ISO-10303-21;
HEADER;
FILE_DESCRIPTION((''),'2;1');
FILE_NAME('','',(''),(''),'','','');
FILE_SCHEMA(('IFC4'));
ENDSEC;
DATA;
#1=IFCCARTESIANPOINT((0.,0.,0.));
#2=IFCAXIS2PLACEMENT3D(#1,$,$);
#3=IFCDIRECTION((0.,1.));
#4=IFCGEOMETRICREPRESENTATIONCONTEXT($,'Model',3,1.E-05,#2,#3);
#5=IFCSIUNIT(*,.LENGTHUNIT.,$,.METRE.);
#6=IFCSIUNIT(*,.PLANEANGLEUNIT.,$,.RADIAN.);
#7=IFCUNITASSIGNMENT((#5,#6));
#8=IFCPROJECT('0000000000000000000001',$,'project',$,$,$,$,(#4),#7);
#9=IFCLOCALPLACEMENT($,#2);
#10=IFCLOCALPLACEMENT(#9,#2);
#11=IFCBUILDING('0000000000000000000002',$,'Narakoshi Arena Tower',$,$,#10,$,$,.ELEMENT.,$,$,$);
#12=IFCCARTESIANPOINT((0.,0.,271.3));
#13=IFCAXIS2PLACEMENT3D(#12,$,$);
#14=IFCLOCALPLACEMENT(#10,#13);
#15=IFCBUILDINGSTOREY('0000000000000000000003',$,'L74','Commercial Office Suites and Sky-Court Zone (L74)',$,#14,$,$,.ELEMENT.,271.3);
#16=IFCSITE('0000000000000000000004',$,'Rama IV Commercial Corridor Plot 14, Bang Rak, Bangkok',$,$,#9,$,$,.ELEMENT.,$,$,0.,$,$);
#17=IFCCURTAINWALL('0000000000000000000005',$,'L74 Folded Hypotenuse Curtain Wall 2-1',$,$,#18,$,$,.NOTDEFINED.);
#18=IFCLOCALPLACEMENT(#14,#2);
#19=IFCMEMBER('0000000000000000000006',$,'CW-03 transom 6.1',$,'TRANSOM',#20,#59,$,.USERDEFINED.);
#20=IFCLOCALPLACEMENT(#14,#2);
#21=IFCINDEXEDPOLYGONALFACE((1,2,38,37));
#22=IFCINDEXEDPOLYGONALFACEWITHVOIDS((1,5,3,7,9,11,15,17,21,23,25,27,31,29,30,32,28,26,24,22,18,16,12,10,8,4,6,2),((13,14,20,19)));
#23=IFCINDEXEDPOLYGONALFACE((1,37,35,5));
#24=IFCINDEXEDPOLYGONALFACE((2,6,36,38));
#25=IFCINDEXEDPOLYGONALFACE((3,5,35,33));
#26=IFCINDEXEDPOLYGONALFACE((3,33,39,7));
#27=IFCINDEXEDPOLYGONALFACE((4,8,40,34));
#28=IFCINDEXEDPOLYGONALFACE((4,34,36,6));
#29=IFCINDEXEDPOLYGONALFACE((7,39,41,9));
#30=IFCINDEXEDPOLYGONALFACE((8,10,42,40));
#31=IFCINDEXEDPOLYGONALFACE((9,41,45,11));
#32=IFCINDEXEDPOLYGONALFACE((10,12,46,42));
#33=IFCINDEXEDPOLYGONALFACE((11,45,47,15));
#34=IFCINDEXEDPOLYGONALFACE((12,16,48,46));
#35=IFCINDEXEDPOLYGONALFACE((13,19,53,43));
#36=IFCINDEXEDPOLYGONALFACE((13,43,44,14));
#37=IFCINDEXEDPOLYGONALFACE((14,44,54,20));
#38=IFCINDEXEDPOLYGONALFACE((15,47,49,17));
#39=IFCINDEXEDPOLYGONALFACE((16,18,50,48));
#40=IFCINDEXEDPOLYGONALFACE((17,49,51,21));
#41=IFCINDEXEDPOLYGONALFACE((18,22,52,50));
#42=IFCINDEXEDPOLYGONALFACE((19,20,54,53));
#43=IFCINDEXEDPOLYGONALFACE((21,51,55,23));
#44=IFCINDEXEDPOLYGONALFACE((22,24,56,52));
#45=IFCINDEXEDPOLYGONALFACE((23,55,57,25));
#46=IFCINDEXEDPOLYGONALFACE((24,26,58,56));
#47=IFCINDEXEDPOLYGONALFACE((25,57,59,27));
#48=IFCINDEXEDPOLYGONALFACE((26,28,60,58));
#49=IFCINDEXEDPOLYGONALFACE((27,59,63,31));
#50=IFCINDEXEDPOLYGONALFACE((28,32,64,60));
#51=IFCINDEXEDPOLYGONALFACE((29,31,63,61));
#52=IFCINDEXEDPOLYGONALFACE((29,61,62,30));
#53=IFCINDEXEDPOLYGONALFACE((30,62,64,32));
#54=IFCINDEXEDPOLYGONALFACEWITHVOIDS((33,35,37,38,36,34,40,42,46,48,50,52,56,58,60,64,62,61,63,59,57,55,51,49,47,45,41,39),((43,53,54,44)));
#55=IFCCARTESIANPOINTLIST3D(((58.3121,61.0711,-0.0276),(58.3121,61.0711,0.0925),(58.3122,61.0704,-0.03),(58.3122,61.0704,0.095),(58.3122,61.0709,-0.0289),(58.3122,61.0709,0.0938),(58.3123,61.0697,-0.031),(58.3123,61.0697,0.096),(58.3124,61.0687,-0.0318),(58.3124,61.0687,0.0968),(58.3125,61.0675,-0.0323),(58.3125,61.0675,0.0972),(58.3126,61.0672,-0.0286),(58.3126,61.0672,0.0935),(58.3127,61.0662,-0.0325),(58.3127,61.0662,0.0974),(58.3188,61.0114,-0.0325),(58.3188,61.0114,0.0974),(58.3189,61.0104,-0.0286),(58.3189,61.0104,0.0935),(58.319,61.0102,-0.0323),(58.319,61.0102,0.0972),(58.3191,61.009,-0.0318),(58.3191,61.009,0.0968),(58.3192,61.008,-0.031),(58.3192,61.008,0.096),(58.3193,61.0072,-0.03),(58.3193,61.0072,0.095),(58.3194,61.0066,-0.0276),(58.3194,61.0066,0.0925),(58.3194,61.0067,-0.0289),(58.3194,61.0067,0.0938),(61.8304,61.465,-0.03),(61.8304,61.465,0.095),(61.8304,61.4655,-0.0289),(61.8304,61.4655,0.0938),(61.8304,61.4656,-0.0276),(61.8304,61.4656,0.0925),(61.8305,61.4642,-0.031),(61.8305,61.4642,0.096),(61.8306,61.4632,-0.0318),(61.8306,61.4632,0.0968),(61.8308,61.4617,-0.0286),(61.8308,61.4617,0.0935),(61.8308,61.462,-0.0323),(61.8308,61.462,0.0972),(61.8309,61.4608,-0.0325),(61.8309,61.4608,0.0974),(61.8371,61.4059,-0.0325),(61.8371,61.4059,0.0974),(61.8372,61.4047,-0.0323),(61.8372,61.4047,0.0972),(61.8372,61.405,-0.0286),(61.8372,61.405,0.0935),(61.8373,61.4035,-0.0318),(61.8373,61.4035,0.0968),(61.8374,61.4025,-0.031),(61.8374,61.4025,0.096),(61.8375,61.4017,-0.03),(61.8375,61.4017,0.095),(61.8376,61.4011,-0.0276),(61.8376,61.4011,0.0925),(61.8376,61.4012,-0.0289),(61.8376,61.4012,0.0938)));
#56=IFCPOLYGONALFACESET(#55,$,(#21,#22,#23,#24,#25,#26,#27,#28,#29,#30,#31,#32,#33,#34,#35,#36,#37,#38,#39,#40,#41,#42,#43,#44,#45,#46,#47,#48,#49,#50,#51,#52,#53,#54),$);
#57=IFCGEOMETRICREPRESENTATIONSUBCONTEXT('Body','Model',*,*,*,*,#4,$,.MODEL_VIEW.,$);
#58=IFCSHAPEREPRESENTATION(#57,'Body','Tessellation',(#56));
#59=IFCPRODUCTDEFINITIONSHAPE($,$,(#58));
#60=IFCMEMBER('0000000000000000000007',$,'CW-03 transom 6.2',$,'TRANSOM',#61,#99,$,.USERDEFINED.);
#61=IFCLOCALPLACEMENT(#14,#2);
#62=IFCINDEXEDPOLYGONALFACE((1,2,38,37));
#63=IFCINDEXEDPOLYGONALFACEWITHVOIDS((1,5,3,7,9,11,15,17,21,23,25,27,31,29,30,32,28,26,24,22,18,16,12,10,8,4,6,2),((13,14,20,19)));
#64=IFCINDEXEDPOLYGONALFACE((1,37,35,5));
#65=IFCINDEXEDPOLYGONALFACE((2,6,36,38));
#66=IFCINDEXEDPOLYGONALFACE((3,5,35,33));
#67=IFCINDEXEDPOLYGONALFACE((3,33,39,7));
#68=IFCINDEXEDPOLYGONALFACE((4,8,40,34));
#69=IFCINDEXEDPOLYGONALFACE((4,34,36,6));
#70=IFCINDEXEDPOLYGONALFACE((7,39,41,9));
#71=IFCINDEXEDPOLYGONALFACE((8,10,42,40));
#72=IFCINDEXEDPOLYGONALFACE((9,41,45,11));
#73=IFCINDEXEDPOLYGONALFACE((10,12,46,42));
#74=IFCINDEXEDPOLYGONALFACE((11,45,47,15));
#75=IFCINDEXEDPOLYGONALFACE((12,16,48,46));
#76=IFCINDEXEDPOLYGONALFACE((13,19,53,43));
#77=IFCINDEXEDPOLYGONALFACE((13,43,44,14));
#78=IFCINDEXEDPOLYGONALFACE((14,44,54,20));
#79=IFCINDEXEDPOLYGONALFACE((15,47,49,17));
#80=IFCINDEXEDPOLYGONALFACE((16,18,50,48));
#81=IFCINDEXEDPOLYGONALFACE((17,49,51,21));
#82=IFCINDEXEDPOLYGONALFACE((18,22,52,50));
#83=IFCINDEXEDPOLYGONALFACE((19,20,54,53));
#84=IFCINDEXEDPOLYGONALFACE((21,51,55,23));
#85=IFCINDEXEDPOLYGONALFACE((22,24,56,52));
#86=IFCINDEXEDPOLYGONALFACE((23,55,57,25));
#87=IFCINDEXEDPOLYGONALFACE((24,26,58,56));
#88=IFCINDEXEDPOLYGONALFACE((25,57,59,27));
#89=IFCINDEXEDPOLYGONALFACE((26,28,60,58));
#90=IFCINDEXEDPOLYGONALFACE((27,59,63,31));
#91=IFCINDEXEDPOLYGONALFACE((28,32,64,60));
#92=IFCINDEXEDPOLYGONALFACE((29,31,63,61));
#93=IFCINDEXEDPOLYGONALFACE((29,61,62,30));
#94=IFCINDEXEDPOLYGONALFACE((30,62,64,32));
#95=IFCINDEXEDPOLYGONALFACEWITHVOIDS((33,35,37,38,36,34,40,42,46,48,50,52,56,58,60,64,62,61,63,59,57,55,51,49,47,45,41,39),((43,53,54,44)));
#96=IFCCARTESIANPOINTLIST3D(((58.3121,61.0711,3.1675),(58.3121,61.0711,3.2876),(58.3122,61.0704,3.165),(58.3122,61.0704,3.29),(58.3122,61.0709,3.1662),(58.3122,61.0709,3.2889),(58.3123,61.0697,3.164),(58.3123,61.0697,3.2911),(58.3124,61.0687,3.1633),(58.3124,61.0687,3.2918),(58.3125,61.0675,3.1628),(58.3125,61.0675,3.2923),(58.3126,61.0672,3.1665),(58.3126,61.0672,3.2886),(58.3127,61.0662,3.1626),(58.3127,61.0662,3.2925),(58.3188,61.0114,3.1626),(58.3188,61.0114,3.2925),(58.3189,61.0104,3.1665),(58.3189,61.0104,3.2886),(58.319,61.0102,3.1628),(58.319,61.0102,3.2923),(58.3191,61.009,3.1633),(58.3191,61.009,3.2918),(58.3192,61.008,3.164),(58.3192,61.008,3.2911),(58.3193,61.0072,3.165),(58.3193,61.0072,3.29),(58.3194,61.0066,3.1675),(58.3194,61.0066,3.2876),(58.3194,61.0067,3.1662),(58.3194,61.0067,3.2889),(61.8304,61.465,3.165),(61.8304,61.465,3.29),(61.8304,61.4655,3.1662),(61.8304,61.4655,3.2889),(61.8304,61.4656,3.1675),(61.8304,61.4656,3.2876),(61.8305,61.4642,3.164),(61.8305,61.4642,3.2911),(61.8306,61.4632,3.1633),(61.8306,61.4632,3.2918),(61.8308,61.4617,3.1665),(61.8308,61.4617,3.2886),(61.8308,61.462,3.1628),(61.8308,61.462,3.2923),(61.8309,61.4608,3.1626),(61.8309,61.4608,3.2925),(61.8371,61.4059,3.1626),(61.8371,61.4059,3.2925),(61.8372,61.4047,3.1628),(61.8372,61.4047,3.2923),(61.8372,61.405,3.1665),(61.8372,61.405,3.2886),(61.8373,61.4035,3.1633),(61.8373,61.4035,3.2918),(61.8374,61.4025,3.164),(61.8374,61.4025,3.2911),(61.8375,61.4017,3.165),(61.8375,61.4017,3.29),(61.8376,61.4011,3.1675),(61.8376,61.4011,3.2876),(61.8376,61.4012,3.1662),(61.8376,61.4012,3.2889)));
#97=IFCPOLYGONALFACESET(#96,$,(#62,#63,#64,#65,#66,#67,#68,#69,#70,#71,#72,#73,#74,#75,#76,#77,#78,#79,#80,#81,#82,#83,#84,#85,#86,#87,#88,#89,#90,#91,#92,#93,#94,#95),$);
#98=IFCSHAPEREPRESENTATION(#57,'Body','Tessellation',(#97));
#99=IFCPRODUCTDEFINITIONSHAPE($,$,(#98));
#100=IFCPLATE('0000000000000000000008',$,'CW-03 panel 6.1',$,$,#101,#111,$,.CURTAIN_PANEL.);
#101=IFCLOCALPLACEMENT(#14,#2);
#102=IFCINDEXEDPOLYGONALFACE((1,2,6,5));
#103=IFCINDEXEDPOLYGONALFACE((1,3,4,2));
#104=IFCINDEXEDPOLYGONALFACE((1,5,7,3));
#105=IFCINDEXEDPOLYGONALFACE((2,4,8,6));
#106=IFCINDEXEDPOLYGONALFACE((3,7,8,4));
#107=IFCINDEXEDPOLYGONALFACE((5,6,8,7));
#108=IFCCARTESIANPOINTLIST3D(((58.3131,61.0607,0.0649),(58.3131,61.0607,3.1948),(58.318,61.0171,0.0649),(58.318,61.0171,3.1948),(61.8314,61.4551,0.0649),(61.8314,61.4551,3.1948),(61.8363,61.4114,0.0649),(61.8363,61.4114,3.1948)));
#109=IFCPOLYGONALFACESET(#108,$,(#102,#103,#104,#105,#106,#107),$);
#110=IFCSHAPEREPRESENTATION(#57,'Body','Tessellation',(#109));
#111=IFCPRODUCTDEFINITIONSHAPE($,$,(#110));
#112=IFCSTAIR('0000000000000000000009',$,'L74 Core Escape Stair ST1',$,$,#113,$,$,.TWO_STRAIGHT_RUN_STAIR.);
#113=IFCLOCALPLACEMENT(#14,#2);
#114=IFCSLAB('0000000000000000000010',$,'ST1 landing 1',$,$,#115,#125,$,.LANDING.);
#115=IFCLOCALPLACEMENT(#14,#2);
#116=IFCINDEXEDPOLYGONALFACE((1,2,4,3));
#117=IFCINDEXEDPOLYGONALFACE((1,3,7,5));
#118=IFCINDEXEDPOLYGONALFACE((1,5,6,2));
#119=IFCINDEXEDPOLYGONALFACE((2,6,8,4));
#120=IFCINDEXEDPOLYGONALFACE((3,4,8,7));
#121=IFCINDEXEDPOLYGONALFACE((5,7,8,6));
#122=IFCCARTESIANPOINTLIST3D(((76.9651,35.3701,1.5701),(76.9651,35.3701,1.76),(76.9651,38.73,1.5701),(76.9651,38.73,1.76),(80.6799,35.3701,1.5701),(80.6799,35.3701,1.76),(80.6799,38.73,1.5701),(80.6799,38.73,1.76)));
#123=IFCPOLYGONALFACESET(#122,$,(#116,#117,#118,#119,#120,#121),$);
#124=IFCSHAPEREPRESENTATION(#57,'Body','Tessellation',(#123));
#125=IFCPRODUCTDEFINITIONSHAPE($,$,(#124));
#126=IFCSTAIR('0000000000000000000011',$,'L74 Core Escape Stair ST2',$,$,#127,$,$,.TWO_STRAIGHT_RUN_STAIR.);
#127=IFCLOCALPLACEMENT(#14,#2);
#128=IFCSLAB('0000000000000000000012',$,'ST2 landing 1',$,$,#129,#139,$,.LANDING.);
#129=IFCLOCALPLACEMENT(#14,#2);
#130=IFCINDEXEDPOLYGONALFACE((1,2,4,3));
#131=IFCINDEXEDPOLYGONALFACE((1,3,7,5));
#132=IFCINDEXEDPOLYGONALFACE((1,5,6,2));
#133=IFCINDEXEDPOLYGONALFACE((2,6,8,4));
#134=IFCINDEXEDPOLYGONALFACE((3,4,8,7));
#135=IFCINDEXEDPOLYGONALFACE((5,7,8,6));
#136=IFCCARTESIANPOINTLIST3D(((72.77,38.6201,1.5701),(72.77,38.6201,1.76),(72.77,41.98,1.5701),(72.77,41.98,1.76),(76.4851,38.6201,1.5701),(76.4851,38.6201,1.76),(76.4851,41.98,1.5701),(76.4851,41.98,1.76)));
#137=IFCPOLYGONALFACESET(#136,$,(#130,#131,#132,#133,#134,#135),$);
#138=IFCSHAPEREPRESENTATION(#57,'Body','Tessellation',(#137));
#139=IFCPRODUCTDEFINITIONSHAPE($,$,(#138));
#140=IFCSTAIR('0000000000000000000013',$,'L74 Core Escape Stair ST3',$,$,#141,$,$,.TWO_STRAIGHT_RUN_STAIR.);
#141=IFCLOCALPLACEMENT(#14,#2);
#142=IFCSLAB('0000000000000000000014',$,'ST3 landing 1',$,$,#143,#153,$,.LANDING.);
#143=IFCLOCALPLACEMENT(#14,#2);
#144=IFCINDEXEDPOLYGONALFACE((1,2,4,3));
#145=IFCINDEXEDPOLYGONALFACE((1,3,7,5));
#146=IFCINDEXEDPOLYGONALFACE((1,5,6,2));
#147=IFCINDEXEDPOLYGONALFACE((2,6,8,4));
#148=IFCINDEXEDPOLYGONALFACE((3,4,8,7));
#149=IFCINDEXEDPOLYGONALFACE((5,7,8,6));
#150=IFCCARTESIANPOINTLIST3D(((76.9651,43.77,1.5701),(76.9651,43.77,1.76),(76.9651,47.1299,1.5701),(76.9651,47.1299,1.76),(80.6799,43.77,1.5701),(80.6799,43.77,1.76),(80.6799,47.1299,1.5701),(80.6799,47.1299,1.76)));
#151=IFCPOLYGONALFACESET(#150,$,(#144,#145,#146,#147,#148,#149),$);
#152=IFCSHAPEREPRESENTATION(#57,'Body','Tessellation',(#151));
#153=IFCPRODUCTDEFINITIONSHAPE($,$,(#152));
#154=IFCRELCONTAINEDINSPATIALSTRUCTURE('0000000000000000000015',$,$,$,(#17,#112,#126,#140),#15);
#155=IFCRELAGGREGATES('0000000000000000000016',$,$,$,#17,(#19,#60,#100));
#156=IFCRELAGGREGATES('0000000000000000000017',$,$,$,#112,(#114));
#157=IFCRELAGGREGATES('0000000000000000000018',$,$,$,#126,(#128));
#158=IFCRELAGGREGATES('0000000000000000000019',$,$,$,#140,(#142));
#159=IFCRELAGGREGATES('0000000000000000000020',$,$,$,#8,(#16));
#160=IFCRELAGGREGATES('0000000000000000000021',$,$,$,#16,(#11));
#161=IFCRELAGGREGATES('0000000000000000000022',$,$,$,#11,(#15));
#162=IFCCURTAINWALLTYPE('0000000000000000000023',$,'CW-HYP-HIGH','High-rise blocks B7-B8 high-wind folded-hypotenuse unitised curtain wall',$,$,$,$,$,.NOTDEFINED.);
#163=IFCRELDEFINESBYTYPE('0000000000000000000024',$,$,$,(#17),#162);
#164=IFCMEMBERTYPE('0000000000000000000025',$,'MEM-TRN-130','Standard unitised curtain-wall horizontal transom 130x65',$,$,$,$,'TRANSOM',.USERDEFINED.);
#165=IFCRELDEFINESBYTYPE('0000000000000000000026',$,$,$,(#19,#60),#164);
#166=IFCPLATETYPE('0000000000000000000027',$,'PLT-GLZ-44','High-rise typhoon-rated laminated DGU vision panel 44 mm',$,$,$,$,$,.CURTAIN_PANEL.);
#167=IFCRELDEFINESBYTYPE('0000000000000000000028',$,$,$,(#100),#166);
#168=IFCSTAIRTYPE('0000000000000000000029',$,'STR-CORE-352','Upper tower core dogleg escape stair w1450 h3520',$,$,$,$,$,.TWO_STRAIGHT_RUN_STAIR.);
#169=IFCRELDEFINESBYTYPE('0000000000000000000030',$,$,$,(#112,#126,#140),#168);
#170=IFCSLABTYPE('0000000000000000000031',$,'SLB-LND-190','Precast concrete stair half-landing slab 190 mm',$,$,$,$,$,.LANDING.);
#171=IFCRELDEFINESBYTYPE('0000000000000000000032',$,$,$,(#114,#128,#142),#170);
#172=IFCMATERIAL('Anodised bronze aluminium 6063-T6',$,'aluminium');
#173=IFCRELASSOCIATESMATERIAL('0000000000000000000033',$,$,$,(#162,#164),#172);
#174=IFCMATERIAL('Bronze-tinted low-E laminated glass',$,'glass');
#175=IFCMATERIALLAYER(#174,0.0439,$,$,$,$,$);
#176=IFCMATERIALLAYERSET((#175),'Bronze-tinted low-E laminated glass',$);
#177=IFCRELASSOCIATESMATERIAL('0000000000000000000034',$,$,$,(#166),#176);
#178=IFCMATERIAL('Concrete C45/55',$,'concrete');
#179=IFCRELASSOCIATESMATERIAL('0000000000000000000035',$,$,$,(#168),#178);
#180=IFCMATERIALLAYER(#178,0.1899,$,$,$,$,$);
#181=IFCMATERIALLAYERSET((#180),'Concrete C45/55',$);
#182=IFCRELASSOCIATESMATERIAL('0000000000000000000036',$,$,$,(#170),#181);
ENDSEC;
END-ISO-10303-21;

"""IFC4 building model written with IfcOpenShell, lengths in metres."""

from ifc_helpers import new_model, si_unit, direction, frame, origin, origin_2d, place, context, subcontext, project, spatial, polyline, rectangle, hollow_rectangle, outline, extrude, material, layer, layer_set, material_profile, profile_set, type_object, element, aggregate, save


model = new_model("IFC4")

# Units and contexts
model_context = context("Model", 3, precision=1e-05, world=origin(), true_north=direction((0.0, 1.0)))
body_context = subcontext(model_context, "Body", "Model", "MODEL_VIEW")
ifc_project = project(units=[si_unit("LENGTHUNIT", "METRE"), si_unit("PLANEANGLEUNIT", "RADIAN")], contexts=[model_context])

# Site, building, storey
site_placement = place(None, origin())
site = spatial("IfcSite", under=ifc_project, at=site_placement, Name="Rama IV Commercial Corridor Plot 14, Bang Rak, Bangkok", CompositionType="ELEMENT", RefElevation=0.0)
building_placement = place(site_placement, origin())
building = spatial("IfcBuilding", under=site, at=building_placement, Name="Narakoshi Arena Tower", CompositionType="ELEMENT")
storey_placement = place(building_placement, frame((0.0, 0.0, 271.3)))
storey = spatial("IfcBuildingStorey", under=building, at=storey_placement, Name="L74", Description="Commercial Office Suites and Sky-Court Zone (L74)", CompositionType="ELEMENT", Elevation=271.3)

# Curtain wall, members, plate
ifc_material_1 = material(Name="Anodised bronze aluminium 6063-T6", Category="aluminium")
curtain_wall_type = type_object("IfcCurtainWallType", Name="CW-HYP-HIGH", Description="High-rise blocks B7-B8 high-wind folded-hypotenuse unitised curtain wall", PredefinedType="NOTDEFINED", material=ifc_material_1)
curtain_wall_placement = place(storey_placement, origin())
curtain_wall = element("IfcCurtainWall", 1, at=curtain_wall_placement, inside=storey, type_object=curtain_wall_type, Name="L74 Folded Hypotenuse Curtain Wall 2-1", PredefinedType="NOTDEFINED")
ifc_material_profile_1 = material_profile(ifc_material_1, hollow_rectangle(XDim=0.0649, YDim=0.1299, WallThickness=0.0039, OuterFilletRadius=0.0049, at=origin_2d()), Name="TRN130x65x4")
ifc_profile_set_1 = profile_set([ifc_material_profile_1], Name="Anodised bronze aluminium 6063-T6")
member_type_1 = type_object("IfcMemberType", Name="MEM-TRN-130", Description="Standard unitised curtain-wall horizontal transom 130x65", ElementType="TRANSOM", PredefinedType="USERDEFINED", material=ifc_profile_set_1)
member_1_placement = place(storey_placement, frame((61.834, 61.4333, 0.0325), z_axis=(-0.993771, -0.111438, 0.0), x_axis=(0.111438, -0.993771, 0.0)))
member_1 = element("IfcMember", 2, at=member_1_placement, type_object=member_type_1, Name="CW-03 transom 6.1", ObjectType="TRANSOM", PredefinedType="USERDEFINED", context=body_context, shape_type="SweptSolid", body=[
    extrude(hollow_rectangle(XDim=0.0649, YDim=0.1299, WallThickness=0.0039, OuterFilletRadius=0.0049, at=origin_2d()), origin(), (0.0, 0.0, 1.0), 3.5403),
])
member_2_placement = place(storey_placement, frame((61.834, 61.4333, 3.2275), z_axis=(-0.993771, -0.111438, 0.0), x_axis=(0.111438, -0.993771, 0.0)))
member_2 = element("IfcMember", 3, at=member_2_placement, type_object=member_type_1, Name="CW-03 transom 6.2", ObjectType="TRANSOM", PredefinedType="USERDEFINED", context=body_context, shape_type="SweptSolid", body=[
    extrude(hollow_rectangle(XDim=0.0649, YDim=0.1299, WallThickness=0.0039, OuterFilletRadius=0.0049, at=origin_2d()), origin(), (0.0, 0.0, 1.0), 3.5403),
])
ifc_material_2 = material(Name="Bronze-tinted low-E laminated glass", Category="glass")
ifc_layer_1 = layer(ifc_material_2, 0.0439)
ifc_layer_set_1 = layer_set([ifc_layer_1], Name="Bronze-tinted low-E laminated glass")
plate_type = type_object("IfcPlateType", Name="PLT-GLZ-44", Description="High-rise typhoon-rated laminated DGU vision panel 44 mm", PredefinedType="CURTAIN_PANEL", material=ifc_layer_set_1)
plate_placement = place(storey_placement, frame((60.0747, 61.2361, 0.0649), z_axis=(0.0, 0.0, 1.0), x_axis=(-0.993776, -0.111396, 0.0)))
plate = element("IfcPlate", 4, at=plate_placement, type_object=plate_type, Name="CW-03 panel 6.1", PredefinedType="CURTAIN_PANEL", context=body_context, shape_type="SweptSolid", body=[
    extrude(rectangle(XDim=3.5403, YDim=0.0439, at=origin_2d()), origin(), (0.0, 0.0, 1.0), 3.1299),
])
aggregate(curtain_wall, [member_1, member_2, plate])

# Stairs, slabs
ifc_material_3 = material(Name="Concrete C45/55", Category="concrete")
stair_type = type_object("IfcStairType", Name="STR-CORE-352", Description="Upper tower core dogleg escape stair w1450 h3520", PredefinedType="TWO_STRAIGHT_RUN_STAIR", material=ifc_material_3)
stair_1_placement = place(storey_placement, origin())
stair_1 = element("IfcStair", 5, at=stair_1_placement, inside=storey, type_object=stair_type, Name="L74 Core Escape Stair ST1", PredefinedType="TWO_STRAIGHT_RUN_STAIR")
ifc_layer_2 = layer(ifc_material_3, 0.1899)
ifc_layer_set_2 = layer_set([ifc_layer_2], Name="Concrete C45/55")
slab_type_1 = type_object("IfcSlabType", Name="SLB-LND-190", Description="Precast concrete stair half-landing slab 190 mm", PredefinedType="LANDING", material=ifc_layer_set_2)
slab_1_placement = place(storey_placement, frame((0.0, 0.0, 1.5701)))
slab_1 = element("IfcSlab", 6, at=slab_1_placement, type_object=slab_type_1, Name="ST1 landing 1", PredefinedType="LANDING", context=body_context, shape_type="SweptSolid", body=[
    extrude(outline(polyline([(76.9651, 35.3701), (80.6799, 35.3701), (80.6799, 38.73), (76.9651, 38.73), (76.9651, 35.3701)])), origin(), (0.0, 0.0, 1.0), 0.1899),
])
aggregate(stair_1, [slab_1])
stair_2_placement = place(storey_placement, origin())
stair_2 = element("IfcStair", 7, at=stair_2_placement, inside=storey, type_object=stair_type, Name="L74 Core Escape Stair ST2", PredefinedType="TWO_STRAIGHT_RUN_STAIR")
slab_2_placement = place(storey_placement, frame((0.0, 0.0, 1.5701)))
slab_2 = element("IfcSlab", 8, at=slab_2_placement, type_object=slab_type_1, Name="ST2 landing 1", PredefinedType="LANDING", context=body_context, shape_type="SweptSolid", body=[
    extrude(outline(polyline([(72.77, 38.6201), (76.4851, 38.6201), (76.4851, 41.98), (72.77, 41.98), (72.77, 38.6201)])), origin(), (0.0, 0.0, 1.0), 0.1899),
])
aggregate(stair_2, [slab_2])
stair_3_placement = place(storey_placement, origin())
stair_3 = element("IfcStair", 9, at=stair_3_placement, inside=storey, type_object=stair_type, Name="L74 Core Escape Stair ST3", PredefinedType="TWO_STRAIGHT_RUN_STAIR")
slab_3_placement = place(storey_placement, frame((0.0, 0.0, 1.5701)))
slab_3 = element("IfcSlab", 10, at=slab_3_placement, type_object=slab_type_1, Name="ST3 landing 1", PredefinedType="LANDING", context=body_context, shape_type="SweptSolid", body=[
    extrude(outline(polyline([(76.9651, 43.77), (80.6799, 43.77), (80.6799, 47.1299), (76.9651, 47.1299), (76.9651, 43.77)])), origin(), (0.0, 0.0, 1.0), 0.1899),
])
aggregate(stair_3, [slab_3])

save(model, "model.ifc")
